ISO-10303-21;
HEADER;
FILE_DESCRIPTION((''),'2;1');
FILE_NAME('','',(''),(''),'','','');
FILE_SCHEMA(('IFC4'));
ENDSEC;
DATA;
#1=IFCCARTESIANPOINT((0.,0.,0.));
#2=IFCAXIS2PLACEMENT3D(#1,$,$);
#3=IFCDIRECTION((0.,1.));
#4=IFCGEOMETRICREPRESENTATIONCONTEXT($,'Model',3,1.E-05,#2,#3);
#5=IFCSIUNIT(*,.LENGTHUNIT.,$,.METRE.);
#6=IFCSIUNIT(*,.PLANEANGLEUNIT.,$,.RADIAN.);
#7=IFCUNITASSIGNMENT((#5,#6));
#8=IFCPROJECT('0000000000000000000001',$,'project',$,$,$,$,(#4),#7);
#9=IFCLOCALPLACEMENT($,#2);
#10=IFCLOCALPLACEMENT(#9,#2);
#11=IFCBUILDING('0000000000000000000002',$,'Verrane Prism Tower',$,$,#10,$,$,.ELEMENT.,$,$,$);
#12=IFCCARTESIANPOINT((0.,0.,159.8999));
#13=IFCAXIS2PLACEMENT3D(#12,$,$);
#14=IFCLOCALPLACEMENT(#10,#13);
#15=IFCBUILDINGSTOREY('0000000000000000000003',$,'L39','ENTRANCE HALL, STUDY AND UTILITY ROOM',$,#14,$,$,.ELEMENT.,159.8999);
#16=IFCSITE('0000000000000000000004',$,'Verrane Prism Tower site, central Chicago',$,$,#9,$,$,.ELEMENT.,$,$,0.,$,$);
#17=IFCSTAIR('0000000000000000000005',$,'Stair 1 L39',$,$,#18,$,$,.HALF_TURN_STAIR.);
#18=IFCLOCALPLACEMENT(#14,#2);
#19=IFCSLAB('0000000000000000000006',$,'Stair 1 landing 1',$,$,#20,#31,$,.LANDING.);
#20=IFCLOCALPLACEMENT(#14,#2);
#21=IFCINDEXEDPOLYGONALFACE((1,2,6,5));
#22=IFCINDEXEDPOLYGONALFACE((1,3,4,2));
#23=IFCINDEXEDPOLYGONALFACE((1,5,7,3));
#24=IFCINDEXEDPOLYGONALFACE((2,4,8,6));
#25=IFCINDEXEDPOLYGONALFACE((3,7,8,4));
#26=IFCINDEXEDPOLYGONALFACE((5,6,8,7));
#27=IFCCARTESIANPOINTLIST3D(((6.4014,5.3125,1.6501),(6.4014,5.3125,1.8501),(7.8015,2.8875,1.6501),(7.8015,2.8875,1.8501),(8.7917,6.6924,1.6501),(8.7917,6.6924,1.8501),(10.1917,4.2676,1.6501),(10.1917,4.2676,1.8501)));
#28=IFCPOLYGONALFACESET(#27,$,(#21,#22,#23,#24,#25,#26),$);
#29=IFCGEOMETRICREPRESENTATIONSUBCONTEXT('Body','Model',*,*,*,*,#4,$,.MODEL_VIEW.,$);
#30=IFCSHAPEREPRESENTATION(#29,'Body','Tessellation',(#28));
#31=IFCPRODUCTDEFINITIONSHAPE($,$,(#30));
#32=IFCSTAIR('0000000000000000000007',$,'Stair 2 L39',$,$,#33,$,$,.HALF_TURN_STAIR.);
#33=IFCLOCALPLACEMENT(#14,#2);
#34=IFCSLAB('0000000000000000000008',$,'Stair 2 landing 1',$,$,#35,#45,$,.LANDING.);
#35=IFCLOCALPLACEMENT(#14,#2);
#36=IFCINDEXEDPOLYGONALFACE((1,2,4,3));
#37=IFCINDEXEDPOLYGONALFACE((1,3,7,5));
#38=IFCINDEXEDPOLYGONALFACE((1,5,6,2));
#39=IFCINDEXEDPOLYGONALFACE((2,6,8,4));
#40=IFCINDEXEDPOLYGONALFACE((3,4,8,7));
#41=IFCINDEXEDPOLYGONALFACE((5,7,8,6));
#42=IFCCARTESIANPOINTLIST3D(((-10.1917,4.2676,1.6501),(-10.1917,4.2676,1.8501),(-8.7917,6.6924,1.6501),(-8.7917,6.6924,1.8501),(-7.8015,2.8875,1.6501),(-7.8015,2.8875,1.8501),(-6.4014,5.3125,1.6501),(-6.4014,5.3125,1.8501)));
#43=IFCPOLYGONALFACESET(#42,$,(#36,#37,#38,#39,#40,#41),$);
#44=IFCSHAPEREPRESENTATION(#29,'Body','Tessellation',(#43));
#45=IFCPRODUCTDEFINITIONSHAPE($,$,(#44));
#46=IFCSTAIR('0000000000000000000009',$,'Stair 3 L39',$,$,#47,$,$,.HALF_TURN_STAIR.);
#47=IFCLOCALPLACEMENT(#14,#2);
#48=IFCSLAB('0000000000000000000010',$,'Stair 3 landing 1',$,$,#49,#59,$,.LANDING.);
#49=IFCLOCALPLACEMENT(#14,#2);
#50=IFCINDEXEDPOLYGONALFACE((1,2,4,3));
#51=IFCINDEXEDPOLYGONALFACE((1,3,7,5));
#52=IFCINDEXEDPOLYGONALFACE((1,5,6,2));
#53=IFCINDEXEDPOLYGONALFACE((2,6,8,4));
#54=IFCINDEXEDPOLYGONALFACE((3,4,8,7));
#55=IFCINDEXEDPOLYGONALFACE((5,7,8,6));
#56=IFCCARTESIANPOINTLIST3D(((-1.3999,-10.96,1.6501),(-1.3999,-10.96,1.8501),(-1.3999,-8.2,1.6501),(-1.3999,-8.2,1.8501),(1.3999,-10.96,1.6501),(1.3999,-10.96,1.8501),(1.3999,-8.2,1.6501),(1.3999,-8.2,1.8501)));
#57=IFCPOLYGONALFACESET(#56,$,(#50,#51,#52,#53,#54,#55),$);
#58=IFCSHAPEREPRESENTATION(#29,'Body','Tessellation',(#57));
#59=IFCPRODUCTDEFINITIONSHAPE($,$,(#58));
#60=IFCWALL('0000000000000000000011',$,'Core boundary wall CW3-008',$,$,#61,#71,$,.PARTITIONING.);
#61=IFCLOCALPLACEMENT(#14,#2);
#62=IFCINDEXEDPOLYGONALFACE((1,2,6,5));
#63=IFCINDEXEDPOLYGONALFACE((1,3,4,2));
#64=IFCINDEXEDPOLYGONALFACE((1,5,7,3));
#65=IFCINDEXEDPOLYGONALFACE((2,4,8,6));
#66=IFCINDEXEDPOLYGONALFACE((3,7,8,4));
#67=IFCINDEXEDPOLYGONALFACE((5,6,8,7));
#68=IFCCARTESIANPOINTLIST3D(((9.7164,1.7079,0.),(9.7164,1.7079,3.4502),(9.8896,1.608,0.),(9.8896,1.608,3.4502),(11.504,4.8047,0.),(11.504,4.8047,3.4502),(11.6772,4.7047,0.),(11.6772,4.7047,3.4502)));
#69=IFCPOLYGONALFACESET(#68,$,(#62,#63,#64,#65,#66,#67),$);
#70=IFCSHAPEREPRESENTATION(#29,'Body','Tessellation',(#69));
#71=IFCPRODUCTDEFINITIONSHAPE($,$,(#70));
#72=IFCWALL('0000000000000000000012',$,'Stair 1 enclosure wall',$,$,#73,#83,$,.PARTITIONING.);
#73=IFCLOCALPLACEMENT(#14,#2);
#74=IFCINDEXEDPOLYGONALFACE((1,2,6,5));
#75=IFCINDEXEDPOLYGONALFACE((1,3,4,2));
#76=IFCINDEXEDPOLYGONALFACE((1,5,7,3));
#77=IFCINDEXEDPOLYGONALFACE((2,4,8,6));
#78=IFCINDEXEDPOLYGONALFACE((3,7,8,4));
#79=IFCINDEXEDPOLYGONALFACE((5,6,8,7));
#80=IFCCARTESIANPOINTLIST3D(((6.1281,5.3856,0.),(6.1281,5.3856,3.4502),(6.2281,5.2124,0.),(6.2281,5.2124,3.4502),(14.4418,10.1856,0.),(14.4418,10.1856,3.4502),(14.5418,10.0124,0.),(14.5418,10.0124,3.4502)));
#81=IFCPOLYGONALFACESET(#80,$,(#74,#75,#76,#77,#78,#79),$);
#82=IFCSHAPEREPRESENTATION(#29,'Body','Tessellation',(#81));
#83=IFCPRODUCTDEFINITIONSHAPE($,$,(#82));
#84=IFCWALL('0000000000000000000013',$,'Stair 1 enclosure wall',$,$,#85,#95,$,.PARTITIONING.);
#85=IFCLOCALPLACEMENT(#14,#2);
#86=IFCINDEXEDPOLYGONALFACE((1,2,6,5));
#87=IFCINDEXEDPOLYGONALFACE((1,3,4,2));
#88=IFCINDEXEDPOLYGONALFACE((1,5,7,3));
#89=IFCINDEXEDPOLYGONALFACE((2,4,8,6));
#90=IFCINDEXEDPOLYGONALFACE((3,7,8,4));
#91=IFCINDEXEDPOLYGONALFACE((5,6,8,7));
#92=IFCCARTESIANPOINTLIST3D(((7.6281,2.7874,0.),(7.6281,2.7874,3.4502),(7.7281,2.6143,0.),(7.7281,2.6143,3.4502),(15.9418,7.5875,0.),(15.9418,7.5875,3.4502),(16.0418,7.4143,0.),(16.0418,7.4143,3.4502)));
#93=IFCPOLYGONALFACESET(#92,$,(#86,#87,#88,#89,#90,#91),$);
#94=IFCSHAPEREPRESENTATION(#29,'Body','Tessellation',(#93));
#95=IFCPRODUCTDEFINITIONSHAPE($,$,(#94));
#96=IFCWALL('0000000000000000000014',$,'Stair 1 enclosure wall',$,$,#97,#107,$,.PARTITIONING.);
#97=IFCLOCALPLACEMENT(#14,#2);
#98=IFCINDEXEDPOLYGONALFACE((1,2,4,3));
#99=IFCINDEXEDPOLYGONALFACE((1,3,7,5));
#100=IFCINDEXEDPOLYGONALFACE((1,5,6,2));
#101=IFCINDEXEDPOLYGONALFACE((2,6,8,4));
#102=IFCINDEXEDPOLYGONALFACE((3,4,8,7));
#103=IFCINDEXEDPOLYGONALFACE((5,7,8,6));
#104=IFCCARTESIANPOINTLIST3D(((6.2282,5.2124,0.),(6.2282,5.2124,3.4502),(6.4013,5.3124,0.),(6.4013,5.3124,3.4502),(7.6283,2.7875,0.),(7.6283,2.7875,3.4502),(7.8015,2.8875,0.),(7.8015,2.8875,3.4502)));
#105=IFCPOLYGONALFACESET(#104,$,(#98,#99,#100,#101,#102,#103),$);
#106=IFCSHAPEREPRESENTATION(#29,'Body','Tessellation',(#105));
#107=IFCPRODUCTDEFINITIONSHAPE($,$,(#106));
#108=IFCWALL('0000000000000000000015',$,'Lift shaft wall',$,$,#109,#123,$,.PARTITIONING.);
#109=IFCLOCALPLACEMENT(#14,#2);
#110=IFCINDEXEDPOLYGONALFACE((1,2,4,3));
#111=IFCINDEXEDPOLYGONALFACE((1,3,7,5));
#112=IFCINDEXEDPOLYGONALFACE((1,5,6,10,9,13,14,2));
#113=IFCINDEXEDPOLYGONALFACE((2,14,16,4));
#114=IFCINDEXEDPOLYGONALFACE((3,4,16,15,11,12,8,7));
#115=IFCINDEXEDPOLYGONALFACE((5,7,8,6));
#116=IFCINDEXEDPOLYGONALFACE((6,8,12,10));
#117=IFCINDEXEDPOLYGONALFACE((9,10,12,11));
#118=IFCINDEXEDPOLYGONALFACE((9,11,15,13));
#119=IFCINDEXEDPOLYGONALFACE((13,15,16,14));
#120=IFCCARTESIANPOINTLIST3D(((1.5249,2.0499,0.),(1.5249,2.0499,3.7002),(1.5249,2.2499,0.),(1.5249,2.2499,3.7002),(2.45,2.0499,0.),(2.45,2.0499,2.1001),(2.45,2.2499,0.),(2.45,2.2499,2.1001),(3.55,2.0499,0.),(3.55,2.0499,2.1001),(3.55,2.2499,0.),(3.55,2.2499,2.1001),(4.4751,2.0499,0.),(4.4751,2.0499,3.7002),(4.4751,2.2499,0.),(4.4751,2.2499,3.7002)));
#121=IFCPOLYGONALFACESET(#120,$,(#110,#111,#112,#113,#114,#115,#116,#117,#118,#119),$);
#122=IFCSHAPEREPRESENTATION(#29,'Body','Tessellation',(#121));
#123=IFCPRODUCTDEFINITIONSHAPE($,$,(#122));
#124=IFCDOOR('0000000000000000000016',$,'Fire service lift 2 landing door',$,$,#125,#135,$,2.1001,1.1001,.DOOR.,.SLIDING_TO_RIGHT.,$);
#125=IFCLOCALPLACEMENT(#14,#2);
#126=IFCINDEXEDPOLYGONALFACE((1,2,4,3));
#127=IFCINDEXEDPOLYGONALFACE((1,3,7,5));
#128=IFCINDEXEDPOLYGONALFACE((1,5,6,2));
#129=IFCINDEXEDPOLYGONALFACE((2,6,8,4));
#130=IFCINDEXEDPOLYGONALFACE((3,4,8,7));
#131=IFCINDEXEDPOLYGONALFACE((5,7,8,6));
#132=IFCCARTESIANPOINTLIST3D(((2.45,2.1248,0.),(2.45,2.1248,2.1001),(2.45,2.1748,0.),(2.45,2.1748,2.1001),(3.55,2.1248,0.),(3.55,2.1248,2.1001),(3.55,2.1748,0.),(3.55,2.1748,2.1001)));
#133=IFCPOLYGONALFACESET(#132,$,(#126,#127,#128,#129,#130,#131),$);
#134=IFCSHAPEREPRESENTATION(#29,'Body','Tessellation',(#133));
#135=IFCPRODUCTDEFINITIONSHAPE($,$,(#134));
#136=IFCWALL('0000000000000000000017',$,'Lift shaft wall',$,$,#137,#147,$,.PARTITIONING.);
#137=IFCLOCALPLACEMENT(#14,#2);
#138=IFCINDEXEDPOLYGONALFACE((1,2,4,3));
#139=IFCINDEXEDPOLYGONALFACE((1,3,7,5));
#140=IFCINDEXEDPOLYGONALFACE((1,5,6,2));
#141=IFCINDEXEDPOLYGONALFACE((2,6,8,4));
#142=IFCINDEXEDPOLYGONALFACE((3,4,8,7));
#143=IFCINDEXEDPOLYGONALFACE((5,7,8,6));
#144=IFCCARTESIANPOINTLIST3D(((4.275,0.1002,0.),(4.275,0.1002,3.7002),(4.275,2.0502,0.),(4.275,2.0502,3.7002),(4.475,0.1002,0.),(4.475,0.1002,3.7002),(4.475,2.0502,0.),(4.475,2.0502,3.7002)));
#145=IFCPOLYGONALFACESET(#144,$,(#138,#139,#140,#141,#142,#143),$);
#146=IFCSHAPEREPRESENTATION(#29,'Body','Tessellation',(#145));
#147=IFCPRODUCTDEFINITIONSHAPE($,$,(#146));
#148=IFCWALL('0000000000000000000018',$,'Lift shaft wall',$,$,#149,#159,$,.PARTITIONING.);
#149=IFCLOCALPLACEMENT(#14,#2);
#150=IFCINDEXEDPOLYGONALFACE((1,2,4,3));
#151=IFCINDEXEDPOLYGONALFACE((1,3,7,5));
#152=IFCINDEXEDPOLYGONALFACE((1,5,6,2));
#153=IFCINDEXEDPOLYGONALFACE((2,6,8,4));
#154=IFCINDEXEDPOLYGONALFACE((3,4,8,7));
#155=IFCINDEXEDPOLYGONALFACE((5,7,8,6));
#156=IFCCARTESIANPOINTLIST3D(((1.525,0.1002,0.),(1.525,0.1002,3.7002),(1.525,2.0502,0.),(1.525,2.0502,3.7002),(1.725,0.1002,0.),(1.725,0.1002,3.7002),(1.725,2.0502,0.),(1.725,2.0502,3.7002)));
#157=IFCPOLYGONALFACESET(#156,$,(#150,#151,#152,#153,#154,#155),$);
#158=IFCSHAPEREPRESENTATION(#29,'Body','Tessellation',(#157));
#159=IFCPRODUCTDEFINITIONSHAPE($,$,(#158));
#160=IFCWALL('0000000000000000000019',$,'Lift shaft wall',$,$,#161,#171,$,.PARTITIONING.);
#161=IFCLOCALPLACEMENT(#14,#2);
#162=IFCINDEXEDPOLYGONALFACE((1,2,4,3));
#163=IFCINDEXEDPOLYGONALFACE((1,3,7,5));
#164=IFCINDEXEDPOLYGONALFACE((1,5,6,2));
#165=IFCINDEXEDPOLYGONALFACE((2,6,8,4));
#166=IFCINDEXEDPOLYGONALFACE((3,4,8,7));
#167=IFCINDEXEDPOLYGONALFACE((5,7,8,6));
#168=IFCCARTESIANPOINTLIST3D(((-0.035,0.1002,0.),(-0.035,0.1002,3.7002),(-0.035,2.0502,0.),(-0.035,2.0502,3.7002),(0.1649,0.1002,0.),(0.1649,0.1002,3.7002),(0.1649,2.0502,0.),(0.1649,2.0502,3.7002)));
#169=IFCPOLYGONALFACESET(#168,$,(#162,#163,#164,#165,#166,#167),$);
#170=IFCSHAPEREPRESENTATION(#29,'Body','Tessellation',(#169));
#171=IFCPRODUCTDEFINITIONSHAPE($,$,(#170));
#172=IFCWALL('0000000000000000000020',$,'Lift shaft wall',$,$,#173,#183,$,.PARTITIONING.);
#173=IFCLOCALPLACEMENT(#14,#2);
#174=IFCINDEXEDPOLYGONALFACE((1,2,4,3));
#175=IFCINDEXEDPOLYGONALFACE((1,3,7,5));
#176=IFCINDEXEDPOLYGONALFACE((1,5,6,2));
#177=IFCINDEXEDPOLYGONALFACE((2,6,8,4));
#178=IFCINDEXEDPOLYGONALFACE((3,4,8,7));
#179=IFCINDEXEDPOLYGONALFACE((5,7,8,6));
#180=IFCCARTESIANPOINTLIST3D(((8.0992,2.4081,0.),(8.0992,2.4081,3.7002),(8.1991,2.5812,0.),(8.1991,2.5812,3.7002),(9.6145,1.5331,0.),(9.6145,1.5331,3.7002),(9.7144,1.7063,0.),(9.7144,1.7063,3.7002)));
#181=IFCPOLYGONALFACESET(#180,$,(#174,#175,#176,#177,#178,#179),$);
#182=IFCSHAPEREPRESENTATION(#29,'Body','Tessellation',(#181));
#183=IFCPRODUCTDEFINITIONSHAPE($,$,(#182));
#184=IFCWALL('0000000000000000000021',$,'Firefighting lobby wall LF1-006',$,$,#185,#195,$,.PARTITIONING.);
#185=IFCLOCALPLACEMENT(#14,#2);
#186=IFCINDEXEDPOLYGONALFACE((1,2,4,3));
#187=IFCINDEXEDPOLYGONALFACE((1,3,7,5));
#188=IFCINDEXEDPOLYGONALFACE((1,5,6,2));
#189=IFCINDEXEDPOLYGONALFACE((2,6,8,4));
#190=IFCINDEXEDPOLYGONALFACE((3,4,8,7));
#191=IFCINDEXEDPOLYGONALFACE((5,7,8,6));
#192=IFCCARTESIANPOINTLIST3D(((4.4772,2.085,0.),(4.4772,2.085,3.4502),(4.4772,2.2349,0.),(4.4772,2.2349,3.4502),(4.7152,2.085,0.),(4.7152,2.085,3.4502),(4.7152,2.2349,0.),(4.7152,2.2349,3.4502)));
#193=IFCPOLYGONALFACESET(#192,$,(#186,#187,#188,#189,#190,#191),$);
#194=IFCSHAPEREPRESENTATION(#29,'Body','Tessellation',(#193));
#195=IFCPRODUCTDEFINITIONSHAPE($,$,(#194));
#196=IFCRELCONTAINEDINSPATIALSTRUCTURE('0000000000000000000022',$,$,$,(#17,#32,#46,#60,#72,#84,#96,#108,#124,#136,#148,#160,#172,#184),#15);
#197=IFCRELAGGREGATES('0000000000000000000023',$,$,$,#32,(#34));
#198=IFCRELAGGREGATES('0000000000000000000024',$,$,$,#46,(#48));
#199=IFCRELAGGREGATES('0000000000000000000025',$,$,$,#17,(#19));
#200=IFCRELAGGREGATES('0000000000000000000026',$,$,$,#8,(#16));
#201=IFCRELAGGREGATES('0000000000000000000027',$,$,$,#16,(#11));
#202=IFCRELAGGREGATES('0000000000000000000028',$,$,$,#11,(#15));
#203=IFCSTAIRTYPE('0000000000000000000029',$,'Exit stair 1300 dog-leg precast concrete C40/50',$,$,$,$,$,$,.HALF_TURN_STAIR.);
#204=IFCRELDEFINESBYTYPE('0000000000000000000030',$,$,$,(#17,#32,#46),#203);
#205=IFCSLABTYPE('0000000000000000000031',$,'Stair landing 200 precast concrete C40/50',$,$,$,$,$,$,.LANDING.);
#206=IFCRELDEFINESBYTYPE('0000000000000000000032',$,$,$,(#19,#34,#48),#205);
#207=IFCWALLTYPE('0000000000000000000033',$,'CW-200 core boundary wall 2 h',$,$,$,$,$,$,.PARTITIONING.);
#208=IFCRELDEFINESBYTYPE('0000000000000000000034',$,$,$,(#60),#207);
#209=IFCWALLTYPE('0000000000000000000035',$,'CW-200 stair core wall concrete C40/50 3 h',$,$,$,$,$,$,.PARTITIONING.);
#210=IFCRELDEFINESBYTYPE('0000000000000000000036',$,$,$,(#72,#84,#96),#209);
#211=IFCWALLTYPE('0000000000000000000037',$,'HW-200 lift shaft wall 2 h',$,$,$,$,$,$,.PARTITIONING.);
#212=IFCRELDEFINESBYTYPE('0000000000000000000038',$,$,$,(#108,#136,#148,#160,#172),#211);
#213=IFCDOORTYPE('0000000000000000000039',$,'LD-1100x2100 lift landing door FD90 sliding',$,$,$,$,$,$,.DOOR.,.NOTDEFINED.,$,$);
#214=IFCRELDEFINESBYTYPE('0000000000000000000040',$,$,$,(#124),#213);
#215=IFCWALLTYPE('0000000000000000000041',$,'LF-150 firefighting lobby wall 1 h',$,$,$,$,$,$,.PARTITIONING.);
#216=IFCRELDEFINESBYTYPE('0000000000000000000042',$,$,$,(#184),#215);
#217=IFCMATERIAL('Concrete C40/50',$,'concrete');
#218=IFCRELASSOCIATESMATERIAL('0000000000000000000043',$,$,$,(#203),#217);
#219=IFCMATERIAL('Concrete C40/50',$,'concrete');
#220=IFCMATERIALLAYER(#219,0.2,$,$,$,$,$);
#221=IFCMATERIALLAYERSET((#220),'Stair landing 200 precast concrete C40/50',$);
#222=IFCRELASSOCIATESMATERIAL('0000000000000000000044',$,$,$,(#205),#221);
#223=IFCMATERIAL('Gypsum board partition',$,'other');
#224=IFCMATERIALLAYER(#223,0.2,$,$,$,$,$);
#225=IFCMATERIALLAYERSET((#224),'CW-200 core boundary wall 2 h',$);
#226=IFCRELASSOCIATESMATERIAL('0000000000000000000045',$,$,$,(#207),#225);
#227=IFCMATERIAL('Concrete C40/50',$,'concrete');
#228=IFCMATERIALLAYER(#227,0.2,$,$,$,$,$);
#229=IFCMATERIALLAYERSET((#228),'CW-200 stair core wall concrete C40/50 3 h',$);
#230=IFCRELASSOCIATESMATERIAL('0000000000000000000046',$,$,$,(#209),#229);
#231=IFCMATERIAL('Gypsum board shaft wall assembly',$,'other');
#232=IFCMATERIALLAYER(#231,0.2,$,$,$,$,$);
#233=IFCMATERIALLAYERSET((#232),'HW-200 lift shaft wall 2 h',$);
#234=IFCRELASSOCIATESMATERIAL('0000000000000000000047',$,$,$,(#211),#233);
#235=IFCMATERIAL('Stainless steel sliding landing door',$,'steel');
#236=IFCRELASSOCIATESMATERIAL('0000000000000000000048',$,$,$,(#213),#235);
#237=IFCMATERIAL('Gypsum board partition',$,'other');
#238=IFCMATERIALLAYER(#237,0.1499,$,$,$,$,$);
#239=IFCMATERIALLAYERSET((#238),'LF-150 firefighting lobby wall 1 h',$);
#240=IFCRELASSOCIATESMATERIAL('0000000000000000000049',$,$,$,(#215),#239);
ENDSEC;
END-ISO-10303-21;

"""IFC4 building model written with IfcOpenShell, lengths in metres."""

from ifc_helpers import new_model, si_unit, direction, frame, frame_2d, origin, place, context, subcontext, project, spatial, polyline, rectangle, outline, extrude, material, layer, layer_set, type_object, element, fill, aggregate, save


model = new_model("IFC4")

# Units and contexts
model_context = context("Model", 3, precision=1e-05, world=origin(), true_north=direction((0.0, 1.0)))
body_context = subcontext(model_context, "Body", "Model", "MODEL_VIEW")
ifc_project = project(units=[si_unit("LENGTHUNIT", "METRE"), si_unit("PLANEANGLEUNIT", "RADIAN")], contexts=[model_context])

# Site, building, storey
site_placement = place(None, origin())
site = spatial("IfcSite", under=ifc_project, at=site_placement, Name="Verrane Prism Tower site, central Chicago", CompositionType="ELEMENT", RefElevation=0.0)
building_placement = place(site_placement, origin())
building = spatial("IfcBuilding", under=site, at=building_placement, Name="Verrane Prism Tower", CompositionType="ELEMENT")
storey_placement = place(building_placement, frame((0.0, 0.0, 159.8999)))
storey = spatial("IfcBuildingStorey", under=building, at=storey_placement, Name="L39", Description="ENTRANCE HALL, STUDY AND UTILITY ROOM", CompositionType="ELEMENT", Elevation=159.8999)

# Stairs, slabs
ifc_material_1 = material(Name="Concrete C40/50", Category="concrete")
stair_type = type_object("IfcStairType", Name="Exit stair 1300 dog-leg precast concrete C40/50", PredefinedType="HALF_TURN_STAIR", material=ifc_material_1)
stair_1_placement = place(storey_placement, origin())
stair_1 = element("IfcStair", 1, at=stair_1_placement, inside=storey, type_object=stair_type, Name="Stair 1 L39", PredefinedType="HALF_TURN_STAIR")
ifc_material_2 = material(Name="Concrete C40/50", Category="concrete")
ifc_layer_1 = layer(ifc_material_2, 0.2)
ifc_layer_set_1 = layer_set([ifc_layer_1], Name="Stair landing 200 precast concrete C40/50")
slab_type_1 = type_object("IfcSlabType", Name="Stair landing 200 precast concrete C40/50", PredefinedType="LANDING", material=ifc_layer_set_1)
slab_1_placement = place(storey_placement, frame((0.0, 0.0, 1.6501)))
slab_1 = element("IfcSlab", 2, at=slab_1_placement, type_object=slab_type_1, Name="Stair 1 landing 1", PredefinedType="LANDING", context=body_context, shape_type="SweptSolid", body=[
    extrude(outline(polyline([(8.7917, 6.6924), (6.4014, 5.3125), (7.8015, 2.8875), (10.1917, 4.2676), (8.7917, 6.6924)])), origin(), (0.0, 0.0, 1.0), 0.2),
])
stair_2_placement = place(storey_placement, origin())
stair_2 = element("IfcStair", 3, at=stair_2_placement, inside=storey, type_object=stair_type, Name="Stair 2 L39", PredefinedType="HALF_TURN_STAIR")
slab_2_placement = place(storey_placement, frame((0.0, 0.0, 1.6501)))
slab_2 = element("IfcSlab", 4, at=slab_2_placement, type_object=slab_type_1, Name="Stair 2 landing 1", PredefinedType="LANDING", context=body_context, shape_type="SweptSolid", body=[
    extrude(outline(polyline([(-10.1917, 4.2676), (-7.8015, 2.8875), (-6.4014, 5.3125), (-8.7917, 6.6924), (-10.1917, 4.2676)])), origin(), (0.0, 0.0, 1.0), 0.2),
])
aggregate(stair_2, [slab_2])
stair_3_placement = place(storey_placement, origin())
stair_3 = element("IfcStair", 5, at=stair_3_placement, inside=storey, type_object=stair_type, Name="Stair 3 L39", PredefinedType="HALF_TURN_STAIR")
slab_3_placement = place(storey_placement, frame((0.0, 0.0, 1.6501)))
slab_3 = element("IfcSlab", 6, at=slab_3_placement, type_object=slab_type_1, Name="Stair 3 landing 1", PredefinedType="LANDING", context=body_context, shape_type="SweptSolid", body=[
    extrude(outline(polyline([(1.3999, -10.96), (1.3999, -8.2), (-1.3999, -8.2), (-1.3999, -10.96), (1.3999, -10.96)])), origin(), (0.0, 0.0, 1.0), 0.2),
])
aggregate(stair_3, [slab_3])

# Walls
ifc_material_3 = material(Name="Gypsum board partition", Category="other")
ifc_layer_2 = layer(ifc_material_3, 0.2)
ifc_layer_set_2 = layer_set([ifc_layer_2], Name="CW-200 core boundary wall 2 h")
wall_type_1 = type_object("IfcWallType", Name="CW-200 core boundary wall 2 h", PredefinedType="PARTITIONING", material=ifc_layer_set_2)
wall_1_placement = place(storey_placement, frame((9.803, 1.658, 0.0), z_axis=(0.0, 0.0, 1.0), x_axis=(0.499943, 0.866058, 0.0)))
element("IfcWall", 7, at=wall_1_placement, inside=storey, type_object=wall_type_1, Name="Core boundary wall CW3-008", PredefinedType="PARTITIONING", context=body_context, shape_type="SweptSolid", body=[
    extrude(rectangle(XDim=3.5757, YDim=0.2, at=frame_2d((1.7878, 0.0))), origin(), (0.0, 0.0, 1.0), 3.4502),
])
ifc_material_4 = material(Name="Concrete C40/50", Category="concrete")
ifc_layer_3 = layer(ifc_material_4, 0.2)
ifc_layer_set_3 = layer_set([ifc_layer_3], Name="CW-200 stair core wall concrete C40/50 3 h")
wall_type_2 = type_object("IfcWallType", Name="CW-200 stair core wall concrete C40/50 3 h", PredefinedType="PARTITIONING", material=ifc_layer_set_3)
for number, where, z_axis, x_axis, name in (
    (8, (6.1782, 5.2991, 0.0), (0.0, 0.0, 1.0), (0.86602, 0.500009, 0.0), "Stair 1 enclosure wall"),
    (9, (7.6782, 2.7009, 0.0), (0.0, 0.0, 1.0), (0.86602, 0.500009, 0.0), "Stair 1 enclosure wall"),
):
    element("IfcWall", number, at=place(storey_placement, frame(where, z_axis=z_axis, x_axis=x_axis)), inside=storey, type_object=wall_type_2, Name=name, PredefinedType="PARTITIONING", context=body_context, shape_type="SweptSolid", body=[
        extrude(rectangle(XDim=9.5999, YDim=0.2, at=frame_2d((4.7998, 0.0))), origin(), (0.0, 0.0, 1.0), 3.4502),
    ])
wall_2_placement = place(storey_placement, frame((7.7148, 2.8376, 0.0), z_axis=(0.0, 0.0, 1.0), x_axis=(-0.50005, 0.865997, 0.0)))
element("IfcWall", 10, at=wall_2_placement, inside=storey, type_object=wall_type_2, Name="Stair 1 enclosure wall", PredefinedType="PARTITIONING", context=body_context, shape_type="SweptSolid", body=[
    extrude(rectangle(XDim=2.8, YDim=0.2, at=frame_2d((1.3999, 0.0))), origin(), (0.0, 0.0, 1.0), 3.4502),
])

# Wall, opening, door
ifc_material_5 = material(Name="Gypsum board shaft wall assembly", Category="other")
ifc_layer_4 = layer(ifc_material_5, 0.2)
ifc_layer_set_4 = layer_set([ifc_layer_4], Name="HW-200 lift shaft wall 2 h")
wall_type_3 = type_object("IfcWallType", Name="HW-200 lift shaft wall 2 h", PredefinedType="PARTITIONING", material=ifc_layer_set_4)
wall_3_placement = place(storey_placement, frame((1.5249, 2.1499, 0.0), z_axis=(0.0, 0.0, 1.0), x_axis=(1.0, 0.0, 0.0)))
wall_3 = element("IfcWall", 11, at=wall_3_placement, inside=storey, type_object=wall_type_3, Name="Lift shaft wall", PredefinedType="PARTITIONING", context=body_context, shape_type="SweptSolid", body=[
    extrude(rectangle(XDim=2.9502, YDim=0.2, at=frame_2d((1.4751, 0.0))), origin(), (0.0, 0.0, 1.0), 3.7002),
])
opening_1_placement = place(wall_3_placement, frame((0.925, 0.0, 0.0)))
opening_1 = element("IfcOpeningElement", 12, at=opening_1_placement, cuts=wall_3, PredefinedType="OPENING", context=body_context, shape_type="SweptSolid", body=[
    extrude(rectangle(XDim=1.1001, YDim=2.1001, at=frame_2d((0.55, 1.05))), frame((0.0, 0.1099, 0.0), z_axis=(0.0, -1.0, 0.0), x_axis=(1.0, 0.0, 0.0)), (0.0, 0.0, 1.0), 0.22),
])
ifc_material_6 = material(Name="Stainless steel sliding landing door", Category="steel")
door_type_1 = type_object("IfcDoorType", Name="LD-1100x2100 lift landing door FD90 sliding", OperationType="NOTDEFINED", PredefinedType="DOOR", material=ifc_material_6)
door_1_placement = place(opening_1_placement, origin())
door_1 = element("IfcDoor", 13, at=door_1_placement, inside=storey, type_object=door_type_1, Name="Fire service lift 2 landing door", OperationType="SLIDING_TO_RIGHT", OverallHeight=2.1001, OverallWidth=1.1001, PredefinedType="DOOR", context=body_context, shape_type="SweptSolid", body=[
    extrude(rectangle(XDim=1.1001, YDim=2.1001, at=frame_2d((0.55, 1.05))), frame((0.0, 0.0249, 0.0), z_axis=(0.0, -1.0, 0.0), x_axis=(1.0, 0.0, 0.0)), (0.0, 0.0, 1.0), 0.05),
])
fill(opening_1, door_1)

# Walls
for number, where, z_axis, x_axis, name in (
    (14, (4.375, 0.1001, 0.0), (0.0, 0.0, 1.0), (0.0, 1.0, 0.0), "Lift shaft wall"),
    (15, (1.625, 0.1001, 0.0), (0.0, 0.0, 1.0), (0.0, 1.0, 0.0), "Lift shaft wall"),
    (16, (0.0649, 0.1001, 0.0), (0.0, 0.0, 1.0), (0.0, 1.0, 0.0), "Lift shaft wall"),
):
    element("IfcWall", number, at=place(storey_placement, frame(where, z_axis=z_axis, x_axis=x_axis)), inside=storey, type_object=wall_type_3, Name=name, PredefinedType="PARTITIONING", context=body_context, shape_type="SweptSolid", body=[
        extrude(rectangle(XDim=1.95, YDim=0.2, at=frame_2d((0.9751, 0.0))), origin(), (0.0, 0.0, 1.0), 3.7002),
    ])
wall_4_placement = place(storey_placement, frame((9.6646, 1.6196, 0.0), z_axis=(0.0, 0.0, 1.0), x_axis=(-0.866002, 0.50004, 0.0)))
element("IfcWall", 17, at=wall_4_placement, inside=storey, type_object=wall_type_3, Name="Lift shaft wall", PredefinedType="PARTITIONING", context=body_context, shape_type="SweptSolid", body=[
    extrude(rectangle(XDim=1.7498, YDim=0.2, at=frame_2d((0.875, 0.0))), origin(), (0.0, 0.0, 1.0), 3.7002),
])
ifc_material_7 = material(Name="Gypsum board partition", Category="other")
ifc_layer_5 = layer(ifc_material_7, 0.1499)
ifc_layer_set_5 = layer_set([ifc_layer_5], Name="LF-150 firefighting lobby wall 1 h")
wall_type_4 = type_object("IfcWallType", Name="LF-150 firefighting lobby wall 1 h", PredefinedType="PARTITIONING", material=ifc_layer_set_5)
wall_5_placement = place(storey_placement, frame((4.4771, 2.1599, 0.0), z_axis=(0.0, 0.0, 1.0), x_axis=(1.0, 0.0, 0.0)))
element("IfcWall", 18, at=wall_5_placement, inside=storey, type_object=wall_type_4, Name="Firefighting lobby wall LF1-006", PredefinedType="PARTITIONING", context=body_context, shape_type="SweptSolid", body=[
    extrude(rectangle(XDim=0.238, YDim=0.1499, at=frame_2d((0.1191, 0.0))), origin(), (0.0, 0.0, 1.0), 3.4502),
])

aggregate(stair_1, [slab_1])

save(model, "model.ifc")
